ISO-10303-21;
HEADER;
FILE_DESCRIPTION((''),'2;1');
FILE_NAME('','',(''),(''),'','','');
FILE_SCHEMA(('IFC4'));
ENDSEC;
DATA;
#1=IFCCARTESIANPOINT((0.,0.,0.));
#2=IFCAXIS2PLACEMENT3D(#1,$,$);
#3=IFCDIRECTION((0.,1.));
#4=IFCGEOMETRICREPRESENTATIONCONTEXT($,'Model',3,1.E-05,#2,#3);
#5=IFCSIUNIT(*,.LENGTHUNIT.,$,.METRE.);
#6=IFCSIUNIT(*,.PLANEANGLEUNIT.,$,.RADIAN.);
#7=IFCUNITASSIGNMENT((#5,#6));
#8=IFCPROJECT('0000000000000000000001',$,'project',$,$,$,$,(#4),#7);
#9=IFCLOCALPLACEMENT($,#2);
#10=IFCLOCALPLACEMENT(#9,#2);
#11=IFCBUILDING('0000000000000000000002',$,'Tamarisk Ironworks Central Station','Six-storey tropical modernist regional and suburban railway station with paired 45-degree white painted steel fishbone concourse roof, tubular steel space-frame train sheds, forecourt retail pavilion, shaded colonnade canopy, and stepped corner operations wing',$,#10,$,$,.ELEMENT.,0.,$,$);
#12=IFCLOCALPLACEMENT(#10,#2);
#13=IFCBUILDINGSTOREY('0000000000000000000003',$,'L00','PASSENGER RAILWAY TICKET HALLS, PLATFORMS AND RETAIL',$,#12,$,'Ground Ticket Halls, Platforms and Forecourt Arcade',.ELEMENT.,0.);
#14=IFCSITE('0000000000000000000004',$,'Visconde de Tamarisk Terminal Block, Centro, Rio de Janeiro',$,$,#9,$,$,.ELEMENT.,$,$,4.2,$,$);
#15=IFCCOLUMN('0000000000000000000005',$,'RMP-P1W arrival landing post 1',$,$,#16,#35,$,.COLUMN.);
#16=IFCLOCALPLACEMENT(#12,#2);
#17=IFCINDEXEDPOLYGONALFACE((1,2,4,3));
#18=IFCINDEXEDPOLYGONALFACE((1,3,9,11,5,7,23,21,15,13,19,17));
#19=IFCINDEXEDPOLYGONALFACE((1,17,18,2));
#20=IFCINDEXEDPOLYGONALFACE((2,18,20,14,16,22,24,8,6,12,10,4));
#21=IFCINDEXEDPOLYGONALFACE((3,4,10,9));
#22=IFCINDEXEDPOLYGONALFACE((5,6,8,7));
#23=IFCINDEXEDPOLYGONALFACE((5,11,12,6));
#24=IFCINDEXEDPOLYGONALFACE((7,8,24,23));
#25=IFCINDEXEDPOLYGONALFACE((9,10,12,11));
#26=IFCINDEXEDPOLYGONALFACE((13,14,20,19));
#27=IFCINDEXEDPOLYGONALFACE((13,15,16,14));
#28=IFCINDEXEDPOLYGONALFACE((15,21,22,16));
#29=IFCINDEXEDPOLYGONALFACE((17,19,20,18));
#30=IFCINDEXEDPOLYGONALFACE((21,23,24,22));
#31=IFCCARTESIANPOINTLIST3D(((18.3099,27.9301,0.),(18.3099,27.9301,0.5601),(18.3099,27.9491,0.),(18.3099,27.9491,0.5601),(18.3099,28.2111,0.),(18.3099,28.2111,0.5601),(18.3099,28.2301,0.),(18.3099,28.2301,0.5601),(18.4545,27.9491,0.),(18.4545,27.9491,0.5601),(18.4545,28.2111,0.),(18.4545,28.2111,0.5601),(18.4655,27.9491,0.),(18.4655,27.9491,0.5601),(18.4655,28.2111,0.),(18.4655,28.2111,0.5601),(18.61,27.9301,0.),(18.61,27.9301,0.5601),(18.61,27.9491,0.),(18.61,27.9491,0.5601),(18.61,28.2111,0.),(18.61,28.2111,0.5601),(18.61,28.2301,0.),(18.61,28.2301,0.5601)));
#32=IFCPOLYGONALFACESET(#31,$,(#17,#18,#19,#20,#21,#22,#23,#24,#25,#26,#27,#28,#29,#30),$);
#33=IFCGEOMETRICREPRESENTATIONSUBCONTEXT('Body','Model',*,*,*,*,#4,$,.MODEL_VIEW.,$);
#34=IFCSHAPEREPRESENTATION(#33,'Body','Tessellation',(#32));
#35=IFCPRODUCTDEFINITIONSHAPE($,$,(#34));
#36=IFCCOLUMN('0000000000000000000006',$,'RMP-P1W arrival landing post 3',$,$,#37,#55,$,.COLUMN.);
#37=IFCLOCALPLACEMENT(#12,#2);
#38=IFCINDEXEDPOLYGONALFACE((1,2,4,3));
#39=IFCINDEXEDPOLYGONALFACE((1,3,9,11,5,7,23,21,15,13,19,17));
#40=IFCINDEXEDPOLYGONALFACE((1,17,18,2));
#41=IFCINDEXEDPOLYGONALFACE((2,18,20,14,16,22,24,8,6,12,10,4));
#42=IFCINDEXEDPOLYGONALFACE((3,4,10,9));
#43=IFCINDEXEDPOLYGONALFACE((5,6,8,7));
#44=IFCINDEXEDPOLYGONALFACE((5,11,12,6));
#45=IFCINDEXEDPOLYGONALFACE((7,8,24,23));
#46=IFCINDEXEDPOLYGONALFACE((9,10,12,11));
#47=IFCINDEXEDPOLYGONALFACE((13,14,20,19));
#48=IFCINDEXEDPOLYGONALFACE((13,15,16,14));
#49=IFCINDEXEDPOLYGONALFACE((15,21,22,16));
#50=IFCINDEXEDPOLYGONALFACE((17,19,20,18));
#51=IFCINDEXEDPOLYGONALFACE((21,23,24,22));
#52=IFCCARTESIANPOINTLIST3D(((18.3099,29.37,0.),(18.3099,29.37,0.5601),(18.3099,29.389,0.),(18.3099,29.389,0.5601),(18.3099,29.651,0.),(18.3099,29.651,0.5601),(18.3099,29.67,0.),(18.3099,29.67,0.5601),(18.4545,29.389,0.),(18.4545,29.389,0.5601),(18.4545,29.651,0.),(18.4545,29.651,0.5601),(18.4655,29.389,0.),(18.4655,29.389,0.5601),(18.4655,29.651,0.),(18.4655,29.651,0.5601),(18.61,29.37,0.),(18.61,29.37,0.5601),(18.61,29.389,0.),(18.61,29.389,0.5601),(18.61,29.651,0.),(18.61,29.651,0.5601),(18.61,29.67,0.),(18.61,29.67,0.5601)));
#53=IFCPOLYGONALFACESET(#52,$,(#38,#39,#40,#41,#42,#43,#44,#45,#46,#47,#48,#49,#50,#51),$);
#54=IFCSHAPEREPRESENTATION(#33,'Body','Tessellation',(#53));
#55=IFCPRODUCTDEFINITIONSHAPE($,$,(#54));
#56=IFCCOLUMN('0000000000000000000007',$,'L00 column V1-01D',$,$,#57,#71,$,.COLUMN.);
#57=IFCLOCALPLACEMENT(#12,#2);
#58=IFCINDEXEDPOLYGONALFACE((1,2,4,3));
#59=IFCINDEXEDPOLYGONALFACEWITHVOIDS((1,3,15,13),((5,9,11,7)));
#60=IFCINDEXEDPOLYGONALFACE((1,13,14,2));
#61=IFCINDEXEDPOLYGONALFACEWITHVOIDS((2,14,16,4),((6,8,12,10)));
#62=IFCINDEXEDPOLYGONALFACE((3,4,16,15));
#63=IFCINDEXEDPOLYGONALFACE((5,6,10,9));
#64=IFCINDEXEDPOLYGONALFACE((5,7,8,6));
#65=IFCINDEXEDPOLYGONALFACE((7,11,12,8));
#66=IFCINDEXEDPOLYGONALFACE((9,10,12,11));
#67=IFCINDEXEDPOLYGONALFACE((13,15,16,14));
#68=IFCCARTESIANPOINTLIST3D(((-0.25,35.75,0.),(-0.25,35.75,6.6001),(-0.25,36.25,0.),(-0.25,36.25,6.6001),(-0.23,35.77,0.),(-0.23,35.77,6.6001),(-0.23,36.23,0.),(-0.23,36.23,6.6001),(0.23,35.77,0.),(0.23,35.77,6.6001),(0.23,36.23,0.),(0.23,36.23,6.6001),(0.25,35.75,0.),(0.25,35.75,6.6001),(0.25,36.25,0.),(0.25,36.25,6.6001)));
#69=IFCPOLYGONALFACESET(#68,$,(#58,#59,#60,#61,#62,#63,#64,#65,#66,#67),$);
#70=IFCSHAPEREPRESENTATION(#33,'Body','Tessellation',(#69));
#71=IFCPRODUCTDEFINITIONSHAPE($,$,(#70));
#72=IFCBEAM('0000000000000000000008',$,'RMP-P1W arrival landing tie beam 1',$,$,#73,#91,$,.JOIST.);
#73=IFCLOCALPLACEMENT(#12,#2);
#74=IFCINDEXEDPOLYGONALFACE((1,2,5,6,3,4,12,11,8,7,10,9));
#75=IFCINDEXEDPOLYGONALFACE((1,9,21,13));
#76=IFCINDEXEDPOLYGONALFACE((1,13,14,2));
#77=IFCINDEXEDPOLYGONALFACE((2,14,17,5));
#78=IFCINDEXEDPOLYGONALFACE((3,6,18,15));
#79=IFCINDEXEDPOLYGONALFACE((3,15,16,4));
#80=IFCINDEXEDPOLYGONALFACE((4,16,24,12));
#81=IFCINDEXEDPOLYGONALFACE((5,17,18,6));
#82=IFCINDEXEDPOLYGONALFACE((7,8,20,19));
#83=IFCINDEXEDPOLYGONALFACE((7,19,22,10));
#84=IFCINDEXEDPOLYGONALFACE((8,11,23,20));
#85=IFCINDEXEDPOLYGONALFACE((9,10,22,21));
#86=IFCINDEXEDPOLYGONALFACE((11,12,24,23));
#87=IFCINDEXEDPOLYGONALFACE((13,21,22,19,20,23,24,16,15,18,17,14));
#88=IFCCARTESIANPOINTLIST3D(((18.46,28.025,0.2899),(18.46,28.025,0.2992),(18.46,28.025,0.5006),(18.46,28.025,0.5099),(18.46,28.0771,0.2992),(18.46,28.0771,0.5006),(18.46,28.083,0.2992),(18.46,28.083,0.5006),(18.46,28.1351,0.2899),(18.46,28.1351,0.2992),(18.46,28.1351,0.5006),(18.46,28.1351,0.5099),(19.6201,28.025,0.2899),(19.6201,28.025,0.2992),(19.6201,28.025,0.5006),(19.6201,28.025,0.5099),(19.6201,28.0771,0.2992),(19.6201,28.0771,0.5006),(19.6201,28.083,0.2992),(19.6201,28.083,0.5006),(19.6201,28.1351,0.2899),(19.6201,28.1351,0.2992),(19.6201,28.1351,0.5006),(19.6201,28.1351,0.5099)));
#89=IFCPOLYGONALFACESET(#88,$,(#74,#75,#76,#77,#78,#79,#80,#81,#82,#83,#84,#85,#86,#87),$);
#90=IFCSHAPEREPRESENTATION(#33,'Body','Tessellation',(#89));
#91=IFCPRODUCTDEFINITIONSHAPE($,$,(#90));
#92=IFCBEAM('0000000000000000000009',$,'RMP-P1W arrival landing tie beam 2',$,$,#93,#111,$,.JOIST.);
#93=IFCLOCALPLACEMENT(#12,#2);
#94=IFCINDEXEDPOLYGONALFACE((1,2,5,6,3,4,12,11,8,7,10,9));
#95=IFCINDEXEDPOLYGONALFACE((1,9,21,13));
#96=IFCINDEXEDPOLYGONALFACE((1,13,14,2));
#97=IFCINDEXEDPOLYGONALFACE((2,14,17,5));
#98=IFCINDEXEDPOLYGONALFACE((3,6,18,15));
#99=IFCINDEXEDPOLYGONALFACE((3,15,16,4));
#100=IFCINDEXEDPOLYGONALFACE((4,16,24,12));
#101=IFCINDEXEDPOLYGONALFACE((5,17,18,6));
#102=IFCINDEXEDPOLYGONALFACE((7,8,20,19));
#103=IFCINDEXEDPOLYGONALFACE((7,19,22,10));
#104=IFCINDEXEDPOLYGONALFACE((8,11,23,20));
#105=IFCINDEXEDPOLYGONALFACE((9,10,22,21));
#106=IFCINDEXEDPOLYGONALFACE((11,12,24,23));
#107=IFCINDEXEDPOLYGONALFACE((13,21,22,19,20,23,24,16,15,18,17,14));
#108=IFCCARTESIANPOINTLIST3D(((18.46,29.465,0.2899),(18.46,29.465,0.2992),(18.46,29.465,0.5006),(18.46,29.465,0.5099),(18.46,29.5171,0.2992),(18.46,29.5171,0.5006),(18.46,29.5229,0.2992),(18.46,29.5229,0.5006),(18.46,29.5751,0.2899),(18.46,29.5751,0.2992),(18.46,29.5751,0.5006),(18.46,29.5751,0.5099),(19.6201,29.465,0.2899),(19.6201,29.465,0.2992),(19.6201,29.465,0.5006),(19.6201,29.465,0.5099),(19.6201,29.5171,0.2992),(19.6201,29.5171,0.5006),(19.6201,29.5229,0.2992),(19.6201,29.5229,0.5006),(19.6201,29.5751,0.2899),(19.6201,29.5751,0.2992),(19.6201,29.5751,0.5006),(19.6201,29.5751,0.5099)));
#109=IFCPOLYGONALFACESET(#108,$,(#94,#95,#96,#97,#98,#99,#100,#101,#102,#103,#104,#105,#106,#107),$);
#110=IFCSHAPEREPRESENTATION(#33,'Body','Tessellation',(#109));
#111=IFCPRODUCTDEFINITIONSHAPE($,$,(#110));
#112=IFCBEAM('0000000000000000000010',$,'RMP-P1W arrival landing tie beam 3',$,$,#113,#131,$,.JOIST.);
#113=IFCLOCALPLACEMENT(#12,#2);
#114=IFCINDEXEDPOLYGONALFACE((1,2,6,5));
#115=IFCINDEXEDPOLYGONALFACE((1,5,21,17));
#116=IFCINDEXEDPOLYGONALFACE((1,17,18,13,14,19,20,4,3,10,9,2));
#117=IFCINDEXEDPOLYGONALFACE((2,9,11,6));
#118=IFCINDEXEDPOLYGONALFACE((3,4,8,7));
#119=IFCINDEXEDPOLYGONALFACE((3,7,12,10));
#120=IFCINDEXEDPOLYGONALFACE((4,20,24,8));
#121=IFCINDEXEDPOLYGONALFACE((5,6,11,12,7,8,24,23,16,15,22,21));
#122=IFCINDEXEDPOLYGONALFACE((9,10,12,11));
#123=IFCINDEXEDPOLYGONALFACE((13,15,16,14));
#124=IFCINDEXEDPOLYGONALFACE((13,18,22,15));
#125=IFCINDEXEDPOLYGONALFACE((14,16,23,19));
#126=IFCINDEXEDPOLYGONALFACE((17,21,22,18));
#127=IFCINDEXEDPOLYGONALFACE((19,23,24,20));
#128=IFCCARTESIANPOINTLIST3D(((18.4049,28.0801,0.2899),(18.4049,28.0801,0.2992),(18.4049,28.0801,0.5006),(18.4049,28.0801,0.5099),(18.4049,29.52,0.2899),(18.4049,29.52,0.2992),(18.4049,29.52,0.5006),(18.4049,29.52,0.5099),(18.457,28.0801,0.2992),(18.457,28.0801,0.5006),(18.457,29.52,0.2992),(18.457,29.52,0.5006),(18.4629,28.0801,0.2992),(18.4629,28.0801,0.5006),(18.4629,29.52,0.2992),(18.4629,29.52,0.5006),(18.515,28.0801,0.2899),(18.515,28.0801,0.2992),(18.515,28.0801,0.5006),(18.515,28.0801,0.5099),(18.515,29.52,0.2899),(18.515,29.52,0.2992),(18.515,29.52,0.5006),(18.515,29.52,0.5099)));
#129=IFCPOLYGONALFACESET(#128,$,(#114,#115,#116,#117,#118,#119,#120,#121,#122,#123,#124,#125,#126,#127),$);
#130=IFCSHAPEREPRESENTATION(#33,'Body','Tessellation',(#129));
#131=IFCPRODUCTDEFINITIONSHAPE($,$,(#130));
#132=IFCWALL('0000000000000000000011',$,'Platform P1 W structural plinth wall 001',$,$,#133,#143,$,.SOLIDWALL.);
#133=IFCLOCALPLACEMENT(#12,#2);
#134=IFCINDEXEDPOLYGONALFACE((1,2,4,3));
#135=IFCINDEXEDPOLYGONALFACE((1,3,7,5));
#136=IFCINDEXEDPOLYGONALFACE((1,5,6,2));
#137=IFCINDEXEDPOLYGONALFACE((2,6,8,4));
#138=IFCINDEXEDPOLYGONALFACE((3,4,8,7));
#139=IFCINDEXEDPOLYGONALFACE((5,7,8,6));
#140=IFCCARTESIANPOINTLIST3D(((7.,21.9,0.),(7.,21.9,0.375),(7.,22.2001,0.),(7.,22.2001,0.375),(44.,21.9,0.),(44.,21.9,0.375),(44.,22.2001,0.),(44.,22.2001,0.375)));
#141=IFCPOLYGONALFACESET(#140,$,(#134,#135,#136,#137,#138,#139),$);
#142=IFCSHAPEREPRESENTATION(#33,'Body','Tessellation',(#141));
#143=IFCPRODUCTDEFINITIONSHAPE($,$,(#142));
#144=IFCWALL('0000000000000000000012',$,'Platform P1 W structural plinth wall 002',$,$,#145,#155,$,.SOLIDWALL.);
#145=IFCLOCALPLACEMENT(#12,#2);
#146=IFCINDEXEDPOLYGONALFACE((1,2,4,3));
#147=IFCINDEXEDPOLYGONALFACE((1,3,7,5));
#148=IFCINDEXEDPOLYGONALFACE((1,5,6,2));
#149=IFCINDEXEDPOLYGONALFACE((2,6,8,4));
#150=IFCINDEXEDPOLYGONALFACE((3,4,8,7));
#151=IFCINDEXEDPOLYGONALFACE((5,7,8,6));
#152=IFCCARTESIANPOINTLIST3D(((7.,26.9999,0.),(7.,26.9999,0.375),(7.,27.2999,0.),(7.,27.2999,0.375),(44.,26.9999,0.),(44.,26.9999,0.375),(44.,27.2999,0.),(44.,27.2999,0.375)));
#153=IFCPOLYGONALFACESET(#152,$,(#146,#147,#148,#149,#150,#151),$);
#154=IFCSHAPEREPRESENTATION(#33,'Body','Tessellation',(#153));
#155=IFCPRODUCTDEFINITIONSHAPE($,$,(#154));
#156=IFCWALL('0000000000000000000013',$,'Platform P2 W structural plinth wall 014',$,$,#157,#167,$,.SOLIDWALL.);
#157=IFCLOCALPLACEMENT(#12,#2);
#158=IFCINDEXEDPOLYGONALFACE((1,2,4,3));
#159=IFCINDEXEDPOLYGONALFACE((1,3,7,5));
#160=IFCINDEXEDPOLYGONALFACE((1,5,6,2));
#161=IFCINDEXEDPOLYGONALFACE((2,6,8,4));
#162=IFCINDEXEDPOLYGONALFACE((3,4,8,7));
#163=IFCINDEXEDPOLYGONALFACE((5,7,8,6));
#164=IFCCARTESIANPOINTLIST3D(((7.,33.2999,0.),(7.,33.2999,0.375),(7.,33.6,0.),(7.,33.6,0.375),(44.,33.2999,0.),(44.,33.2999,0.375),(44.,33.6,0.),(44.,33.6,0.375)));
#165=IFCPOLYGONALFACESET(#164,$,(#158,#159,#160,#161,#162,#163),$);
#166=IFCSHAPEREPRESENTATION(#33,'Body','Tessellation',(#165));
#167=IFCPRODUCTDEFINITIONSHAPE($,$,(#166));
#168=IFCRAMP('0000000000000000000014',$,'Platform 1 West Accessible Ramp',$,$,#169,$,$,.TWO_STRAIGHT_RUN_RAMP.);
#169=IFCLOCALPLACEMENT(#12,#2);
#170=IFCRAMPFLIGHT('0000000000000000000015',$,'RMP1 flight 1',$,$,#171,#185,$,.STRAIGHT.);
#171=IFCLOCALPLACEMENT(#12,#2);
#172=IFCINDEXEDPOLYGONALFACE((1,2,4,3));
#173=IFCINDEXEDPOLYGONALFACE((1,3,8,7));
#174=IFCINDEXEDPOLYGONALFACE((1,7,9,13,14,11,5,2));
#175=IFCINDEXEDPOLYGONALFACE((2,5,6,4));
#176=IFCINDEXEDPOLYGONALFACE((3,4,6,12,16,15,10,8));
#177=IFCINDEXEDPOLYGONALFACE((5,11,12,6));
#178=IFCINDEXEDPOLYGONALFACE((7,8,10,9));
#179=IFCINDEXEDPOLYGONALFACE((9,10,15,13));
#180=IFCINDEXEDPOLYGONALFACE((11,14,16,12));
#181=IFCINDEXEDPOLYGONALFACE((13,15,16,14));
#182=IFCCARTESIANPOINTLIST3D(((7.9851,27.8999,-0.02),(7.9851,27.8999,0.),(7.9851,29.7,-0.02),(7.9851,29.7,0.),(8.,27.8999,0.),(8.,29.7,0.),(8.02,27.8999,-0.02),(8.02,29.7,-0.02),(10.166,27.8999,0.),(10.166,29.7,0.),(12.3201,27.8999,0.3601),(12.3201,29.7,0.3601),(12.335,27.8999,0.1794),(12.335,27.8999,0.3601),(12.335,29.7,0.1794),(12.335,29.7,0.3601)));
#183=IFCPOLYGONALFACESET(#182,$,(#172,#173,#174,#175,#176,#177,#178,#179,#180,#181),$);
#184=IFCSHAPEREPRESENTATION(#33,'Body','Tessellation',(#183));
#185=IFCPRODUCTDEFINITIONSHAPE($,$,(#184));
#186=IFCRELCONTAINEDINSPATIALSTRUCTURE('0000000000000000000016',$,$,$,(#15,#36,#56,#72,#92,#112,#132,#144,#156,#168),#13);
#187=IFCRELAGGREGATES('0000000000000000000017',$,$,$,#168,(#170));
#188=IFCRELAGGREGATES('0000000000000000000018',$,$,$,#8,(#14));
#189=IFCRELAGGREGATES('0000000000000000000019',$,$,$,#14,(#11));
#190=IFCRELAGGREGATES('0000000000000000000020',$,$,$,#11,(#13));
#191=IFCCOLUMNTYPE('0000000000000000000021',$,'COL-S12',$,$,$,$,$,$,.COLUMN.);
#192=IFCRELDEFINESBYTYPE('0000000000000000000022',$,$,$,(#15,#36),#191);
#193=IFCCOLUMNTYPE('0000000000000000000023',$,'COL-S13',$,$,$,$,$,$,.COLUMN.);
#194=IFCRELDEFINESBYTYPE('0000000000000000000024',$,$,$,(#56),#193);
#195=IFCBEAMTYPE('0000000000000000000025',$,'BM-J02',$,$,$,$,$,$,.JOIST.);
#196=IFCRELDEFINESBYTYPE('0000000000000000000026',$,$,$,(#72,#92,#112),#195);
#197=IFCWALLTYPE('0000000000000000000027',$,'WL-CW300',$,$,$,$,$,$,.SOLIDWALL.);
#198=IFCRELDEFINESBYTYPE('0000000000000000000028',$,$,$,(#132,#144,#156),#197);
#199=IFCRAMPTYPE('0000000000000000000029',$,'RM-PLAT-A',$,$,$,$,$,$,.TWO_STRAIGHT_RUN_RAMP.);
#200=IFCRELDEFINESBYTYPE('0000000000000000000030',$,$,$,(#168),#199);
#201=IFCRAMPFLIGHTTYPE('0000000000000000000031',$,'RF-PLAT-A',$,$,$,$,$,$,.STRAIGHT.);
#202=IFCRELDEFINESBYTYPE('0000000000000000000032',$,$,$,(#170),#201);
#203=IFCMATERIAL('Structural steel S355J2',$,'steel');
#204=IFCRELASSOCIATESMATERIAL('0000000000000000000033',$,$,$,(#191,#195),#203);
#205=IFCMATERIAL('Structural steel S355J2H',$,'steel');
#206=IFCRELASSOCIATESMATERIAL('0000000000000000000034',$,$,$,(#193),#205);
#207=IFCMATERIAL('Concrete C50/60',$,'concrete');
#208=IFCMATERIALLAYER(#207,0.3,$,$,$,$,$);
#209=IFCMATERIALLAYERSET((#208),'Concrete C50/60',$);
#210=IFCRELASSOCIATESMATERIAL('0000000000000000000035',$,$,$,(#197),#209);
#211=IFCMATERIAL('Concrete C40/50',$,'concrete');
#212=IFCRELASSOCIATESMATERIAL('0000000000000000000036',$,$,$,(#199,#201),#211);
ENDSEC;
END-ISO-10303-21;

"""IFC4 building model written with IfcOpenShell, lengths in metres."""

from ifc_helpers import new_model, si_unit, direction, frame, frame_2d, origin, origin_2d, place, context, subcontext, project, spatial, polyline, rectangle, hollow_rectangle, i_section, outline, extrude, material, layer, layer_set, material_profile, profile_set, type_object, element, aggregate, save


model = new_model("IFC4")

# Units and contexts
model_context = context("Model", 3, precision=1e-05, world=origin(), true_north=direction((0.0, 1.0)))
body_context = subcontext(model_context, "Body", "Model", "MODEL_VIEW")
ifc_project = project(units=[si_unit("LENGTHUNIT", "METRE"), si_unit("PLANEANGLEUNIT", "RADIAN")], contexts=[model_context])

# Site, building, storey
site_placement = place(None, origin())
site = spatial("IfcSite", under=ifc_project, at=site_placement, Name="Visconde de Tamarisk Terminal Block, Centro, Rio de Janeiro", CompositionType="ELEMENT", RefElevation=4.2)
building_placement = place(site_placement, origin())
building = spatial("IfcBuilding", under=site, at=building_placement, Name="Tamarisk Ironworks Central Station", Description="Six-storey tropical modernist regional and suburban railway station with paired 45-degree white painted steel fishbone concourse roof, tubular steel space-frame train sheds, forecourt retail pavilion, shaded colonnade canopy, and stepped corner operations wing", CompositionType="ELEMENT", ElevationOfRefHeight=0.0)
storey_placement = place(building_placement, origin())
storey = spatial("IfcBuildingStorey", under=building, at=storey_placement, Name="L00", Description="PASSENGER RAILWAY TICKET HALLS, PLATFORMS AND RETAIL", LongName="Ground Ticket Halls, Platforms and Forecourt Arcade", CompositionType="ELEMENT", Elevation=0.0)

# Shared definitions
ifc_material_1 = material(Name="Concrete C40/50", Category="concrete")

# Columns
ifc_material_2 = material(Name="Structural steel S355J2", Category="steel")
ifc_material_profile_1 = material_profile(ifc_material_2, i_section(OverallWidth=0.3, OverallDepth=0.3, WebThickness=0.011, FlangeThickness=0.019, at=origin_2d()), Name="HEB 300")
ifc_profile_set_1 = profile_set([ifc_material_profile_1], Name="Structural steel S355J2")
column_type_1 = type_object("IfcColumnType", Name="COL-S12", PredefinedType="COLUMN", material=ifc_profile_set_1)
for number, where, z_axis, x_axis, name in (
    (1, (18.46, 28.0801, 0.0), (0.0, 0.0, 1.0), (1.0, 0.0, 0.0), "RMP-P1W arrival landing post 1"),
    (2, (18.46, 29.52, 0.0), (0.0, 0.0, 1.0), (1.0, 0.0, 0.0), "RMP-P1W arrival landing post 3"),
):
    element("IfcColumn", number, at=place(storey_placement, frame(where, z_axis=z_axis, x_axis=x_axis)), inside=storey, type_object=column_type_1, Name=name, PredefinedType="COLUMN", context=body_context, shape_type="SweptSolid", body=[
        extrude(i_section(OverallWidth=0.3, OverallDepth=0.3, WebThickness=0.011, FlangeThickness=0.019, at=origin_2d()), origin(), (0.0, 0.0, 1.0), 0.5601),
    ])
ifc_material_3 = material(Name="Structural steel S355J2H", Category="steel")
ifc_material_profile_2 = material_profile(ifc_material_3, hollow_rectangle(XDim=0.5, YDim=0.5, WallThickness=0.02, at=origin_2d()), Name="SHS 500x500x20")
ifc_profile_set_2 = profile_set([ifc_material_profile_2], Name="Structural steel S355J2H")
column_type_2 = type_object("IfcColumnType", Name="COL-S13", PredefinedType="COLUMN", material=ifc_profile_set_2)
column_placement = place(storey_placement, frame((0.0, 36.0, 0.0), z_axis=(0.0, 0.0, 1.0), x_axis=(1.0, 0.0, 0.0)))
element("IfcColumn", 3, at=column_placement, inside=storey, type_object=column_type_2, Name="L00 column V1-01D", PredefinedType="COLUMN", context=body_context, shape_type="SweptSolid", body=[
    extrude(hollow_rectangle(XDim=0.5, YDim=0.5, WallThickness=0.02, at=origin_2d()), origin(), (0.0, 0.0, 1.0), 6.6001),
])

# Beams
ifc_material_profile_3 = material_profile(ifc_material_2, i_section(OverallWidth=0.1101, OverallDepth=0.22, WebThickness=0.0059, FlangeThickness=0.0093, at=origin_2d()), Name="IPE 220")
ifc_profile_set_3 = profile_set([ifc_material_profile_3], Name="Structural steel S355J2")
beam_type = type_object("IfcBeamType", Name="BM-J02", PredefinedType="JOIST", material=ifc_profile_set_3)
for number, where, z_axis, x_axis, name in (
    (4, (18.46, 28.0801, 0.3999), (1.0, 0.0, 0.0), (0.0, 1.0, 0.0), "RMP-P1W arrival landing tie beam 1"),
    (5, (18.46, 29.52, 0.3999), (1.0, 0.0, 0.0), (0.0, 1.0, 0.0), "RMP-P1W arrival landing tie beam 2"),
):
    element("IfcBeam", number, at=place(storey_placement, frame(where, z_axis=z_axis, x_axis=x_axis)), inside=storey, type_object=beam_type, Name=name, PredefinedType="JOIST", context=body_context, shape_type="SweptSolid", body=[
        extrude(i_section(OverallWidth=0.1101, OverallDepth=0.22, WebThickness=0.0059, FlangeThickness=0.0093, at=origin_2d()), origin(), (0.0, 0.0, 1.0), 1.1602),
    ])
beam_placement = place(storey_placement, frame((18.46, 28.0801, 0.3999), z_axis=(0.0, 1.0, 0.0), x_axis=(-1.0, 0.0, 0.0)))
element("IfcBeam", 6, at=beam_placement, inside=storey, type_object=beam_type, Name="RMP-P1W arrival landing tie beam 3", PredefinedType="JOIST", context=body_context, shape_type="SweptSolid", body=[
    extrude(i_section(OverallWidth=0.1101, OverallDepth=0.22, WebThickness=0.0059, FlangeThickness=0.0093, at=origin_2d()), origin(), (0.0, 0.0, 1.0), 1.4399),
])

# Walls
ifc_material_4 = material(Name="Concrete C50/60", Category="concrete")
ifc_layer = layer(ifc_material_4, 0.3)
ifc_layer_set = layer_set([ifc_layer], Name="Concrete C50/60")
wall_type = type_object("IfcWallType", Name="WL-CW300", PredefinedType="SOLIDWALL", material=ifc_layer_set)
for number, where, z_axis, x_axis, name in (
    (7, (7.0, 22.05, 0.0), (0.0, 0.0, 1.0), (1.0, 0.0, 0.0), "Platform P1 W structural plinth wall 001"),
    (8, (7.0, 27.1499, 0.0), (0.0, 0.0, 1.0), (1.0, 0.0, 0.0), "Platform P1 W structural plinth wall 002"),
    (9, (7.0, 33.45, 0.0), (0.0, 0.0, 1.0), (1.0, 0.0, 0.0), "Platform P2 W structural plinth wall 014"),
):
    element("IfcWall", number, at=place(storey_placement, frame(where, z_axis=z_axis, x_axis=x_axis)), inside=storey, type_object=wall_type, Name=name, PredefinedType="SOLIDWALL", context=body_context, shape_type="SweptSolid", body=[
        extrude(rectangle(XDim=37.0, YDim=0.3, at=frame_2d((18.5, 0.0))), origin(), (0.0, 0.0, 1.0), 0.375),
    ])

# Ramp, ramp flight
ramp_type = type_object("IfcRampType", Name="RM-PLAT-A", PredefinedType="TWO_STRAIGHT_RUN_RAMP", material=ifc_material_1)
ramp_placement = place(storey_placement, origin())
ramp = element("IfcRamp", 10, at=ramp_placement, inside=storey, type_object=ramp_type, Name="Platform 1 West Accessible Ramp", PredefinedType="TWO_STRAIGHT_RUN_RAMP")
ramp_flight_type = type_object("IfcRampFlightType", Name="RF-PLAT-A", PredefinedType="STRAIGHT", material=ifc_material_1)
ramp_flight_1_placement = place(storey_placement, frame((8.0, 28.8, 0.0), z_axis=(0.0, 0.0, 1.0), x_axis=(1.0, 0.0, 0.0)))
ramp_flight_1 = element("IfcRampFlight", 11, at=ramp_flight_1_placement, type_object=ramp_flight_type, Name="RMP1 flight 1", PredefinedType="STRAIGHT", context=body_context, shape_type="SweptSolid", body=[
    extrude(outline(polyline([(-0.0149, -0.02), (-0.0149, 0.0), (0.0, 0.0), (4.3201, 0.3601), (4.335, 0.3601), (4.335, 0.1794), (2.166, 0.0), (0.02, -0.02), (-0.0149, -0.02)])), frame((0.0, 0.8999, 0.0), z_axis=(0.0, -1.0, 0.0), x_axis=(1.0, 0.0, 0.0)), (0.0, 0.0, 1.0), 1.8),
])
aggregate(ramp, [ramp_flight_1])

save(model, "model.ifc")
